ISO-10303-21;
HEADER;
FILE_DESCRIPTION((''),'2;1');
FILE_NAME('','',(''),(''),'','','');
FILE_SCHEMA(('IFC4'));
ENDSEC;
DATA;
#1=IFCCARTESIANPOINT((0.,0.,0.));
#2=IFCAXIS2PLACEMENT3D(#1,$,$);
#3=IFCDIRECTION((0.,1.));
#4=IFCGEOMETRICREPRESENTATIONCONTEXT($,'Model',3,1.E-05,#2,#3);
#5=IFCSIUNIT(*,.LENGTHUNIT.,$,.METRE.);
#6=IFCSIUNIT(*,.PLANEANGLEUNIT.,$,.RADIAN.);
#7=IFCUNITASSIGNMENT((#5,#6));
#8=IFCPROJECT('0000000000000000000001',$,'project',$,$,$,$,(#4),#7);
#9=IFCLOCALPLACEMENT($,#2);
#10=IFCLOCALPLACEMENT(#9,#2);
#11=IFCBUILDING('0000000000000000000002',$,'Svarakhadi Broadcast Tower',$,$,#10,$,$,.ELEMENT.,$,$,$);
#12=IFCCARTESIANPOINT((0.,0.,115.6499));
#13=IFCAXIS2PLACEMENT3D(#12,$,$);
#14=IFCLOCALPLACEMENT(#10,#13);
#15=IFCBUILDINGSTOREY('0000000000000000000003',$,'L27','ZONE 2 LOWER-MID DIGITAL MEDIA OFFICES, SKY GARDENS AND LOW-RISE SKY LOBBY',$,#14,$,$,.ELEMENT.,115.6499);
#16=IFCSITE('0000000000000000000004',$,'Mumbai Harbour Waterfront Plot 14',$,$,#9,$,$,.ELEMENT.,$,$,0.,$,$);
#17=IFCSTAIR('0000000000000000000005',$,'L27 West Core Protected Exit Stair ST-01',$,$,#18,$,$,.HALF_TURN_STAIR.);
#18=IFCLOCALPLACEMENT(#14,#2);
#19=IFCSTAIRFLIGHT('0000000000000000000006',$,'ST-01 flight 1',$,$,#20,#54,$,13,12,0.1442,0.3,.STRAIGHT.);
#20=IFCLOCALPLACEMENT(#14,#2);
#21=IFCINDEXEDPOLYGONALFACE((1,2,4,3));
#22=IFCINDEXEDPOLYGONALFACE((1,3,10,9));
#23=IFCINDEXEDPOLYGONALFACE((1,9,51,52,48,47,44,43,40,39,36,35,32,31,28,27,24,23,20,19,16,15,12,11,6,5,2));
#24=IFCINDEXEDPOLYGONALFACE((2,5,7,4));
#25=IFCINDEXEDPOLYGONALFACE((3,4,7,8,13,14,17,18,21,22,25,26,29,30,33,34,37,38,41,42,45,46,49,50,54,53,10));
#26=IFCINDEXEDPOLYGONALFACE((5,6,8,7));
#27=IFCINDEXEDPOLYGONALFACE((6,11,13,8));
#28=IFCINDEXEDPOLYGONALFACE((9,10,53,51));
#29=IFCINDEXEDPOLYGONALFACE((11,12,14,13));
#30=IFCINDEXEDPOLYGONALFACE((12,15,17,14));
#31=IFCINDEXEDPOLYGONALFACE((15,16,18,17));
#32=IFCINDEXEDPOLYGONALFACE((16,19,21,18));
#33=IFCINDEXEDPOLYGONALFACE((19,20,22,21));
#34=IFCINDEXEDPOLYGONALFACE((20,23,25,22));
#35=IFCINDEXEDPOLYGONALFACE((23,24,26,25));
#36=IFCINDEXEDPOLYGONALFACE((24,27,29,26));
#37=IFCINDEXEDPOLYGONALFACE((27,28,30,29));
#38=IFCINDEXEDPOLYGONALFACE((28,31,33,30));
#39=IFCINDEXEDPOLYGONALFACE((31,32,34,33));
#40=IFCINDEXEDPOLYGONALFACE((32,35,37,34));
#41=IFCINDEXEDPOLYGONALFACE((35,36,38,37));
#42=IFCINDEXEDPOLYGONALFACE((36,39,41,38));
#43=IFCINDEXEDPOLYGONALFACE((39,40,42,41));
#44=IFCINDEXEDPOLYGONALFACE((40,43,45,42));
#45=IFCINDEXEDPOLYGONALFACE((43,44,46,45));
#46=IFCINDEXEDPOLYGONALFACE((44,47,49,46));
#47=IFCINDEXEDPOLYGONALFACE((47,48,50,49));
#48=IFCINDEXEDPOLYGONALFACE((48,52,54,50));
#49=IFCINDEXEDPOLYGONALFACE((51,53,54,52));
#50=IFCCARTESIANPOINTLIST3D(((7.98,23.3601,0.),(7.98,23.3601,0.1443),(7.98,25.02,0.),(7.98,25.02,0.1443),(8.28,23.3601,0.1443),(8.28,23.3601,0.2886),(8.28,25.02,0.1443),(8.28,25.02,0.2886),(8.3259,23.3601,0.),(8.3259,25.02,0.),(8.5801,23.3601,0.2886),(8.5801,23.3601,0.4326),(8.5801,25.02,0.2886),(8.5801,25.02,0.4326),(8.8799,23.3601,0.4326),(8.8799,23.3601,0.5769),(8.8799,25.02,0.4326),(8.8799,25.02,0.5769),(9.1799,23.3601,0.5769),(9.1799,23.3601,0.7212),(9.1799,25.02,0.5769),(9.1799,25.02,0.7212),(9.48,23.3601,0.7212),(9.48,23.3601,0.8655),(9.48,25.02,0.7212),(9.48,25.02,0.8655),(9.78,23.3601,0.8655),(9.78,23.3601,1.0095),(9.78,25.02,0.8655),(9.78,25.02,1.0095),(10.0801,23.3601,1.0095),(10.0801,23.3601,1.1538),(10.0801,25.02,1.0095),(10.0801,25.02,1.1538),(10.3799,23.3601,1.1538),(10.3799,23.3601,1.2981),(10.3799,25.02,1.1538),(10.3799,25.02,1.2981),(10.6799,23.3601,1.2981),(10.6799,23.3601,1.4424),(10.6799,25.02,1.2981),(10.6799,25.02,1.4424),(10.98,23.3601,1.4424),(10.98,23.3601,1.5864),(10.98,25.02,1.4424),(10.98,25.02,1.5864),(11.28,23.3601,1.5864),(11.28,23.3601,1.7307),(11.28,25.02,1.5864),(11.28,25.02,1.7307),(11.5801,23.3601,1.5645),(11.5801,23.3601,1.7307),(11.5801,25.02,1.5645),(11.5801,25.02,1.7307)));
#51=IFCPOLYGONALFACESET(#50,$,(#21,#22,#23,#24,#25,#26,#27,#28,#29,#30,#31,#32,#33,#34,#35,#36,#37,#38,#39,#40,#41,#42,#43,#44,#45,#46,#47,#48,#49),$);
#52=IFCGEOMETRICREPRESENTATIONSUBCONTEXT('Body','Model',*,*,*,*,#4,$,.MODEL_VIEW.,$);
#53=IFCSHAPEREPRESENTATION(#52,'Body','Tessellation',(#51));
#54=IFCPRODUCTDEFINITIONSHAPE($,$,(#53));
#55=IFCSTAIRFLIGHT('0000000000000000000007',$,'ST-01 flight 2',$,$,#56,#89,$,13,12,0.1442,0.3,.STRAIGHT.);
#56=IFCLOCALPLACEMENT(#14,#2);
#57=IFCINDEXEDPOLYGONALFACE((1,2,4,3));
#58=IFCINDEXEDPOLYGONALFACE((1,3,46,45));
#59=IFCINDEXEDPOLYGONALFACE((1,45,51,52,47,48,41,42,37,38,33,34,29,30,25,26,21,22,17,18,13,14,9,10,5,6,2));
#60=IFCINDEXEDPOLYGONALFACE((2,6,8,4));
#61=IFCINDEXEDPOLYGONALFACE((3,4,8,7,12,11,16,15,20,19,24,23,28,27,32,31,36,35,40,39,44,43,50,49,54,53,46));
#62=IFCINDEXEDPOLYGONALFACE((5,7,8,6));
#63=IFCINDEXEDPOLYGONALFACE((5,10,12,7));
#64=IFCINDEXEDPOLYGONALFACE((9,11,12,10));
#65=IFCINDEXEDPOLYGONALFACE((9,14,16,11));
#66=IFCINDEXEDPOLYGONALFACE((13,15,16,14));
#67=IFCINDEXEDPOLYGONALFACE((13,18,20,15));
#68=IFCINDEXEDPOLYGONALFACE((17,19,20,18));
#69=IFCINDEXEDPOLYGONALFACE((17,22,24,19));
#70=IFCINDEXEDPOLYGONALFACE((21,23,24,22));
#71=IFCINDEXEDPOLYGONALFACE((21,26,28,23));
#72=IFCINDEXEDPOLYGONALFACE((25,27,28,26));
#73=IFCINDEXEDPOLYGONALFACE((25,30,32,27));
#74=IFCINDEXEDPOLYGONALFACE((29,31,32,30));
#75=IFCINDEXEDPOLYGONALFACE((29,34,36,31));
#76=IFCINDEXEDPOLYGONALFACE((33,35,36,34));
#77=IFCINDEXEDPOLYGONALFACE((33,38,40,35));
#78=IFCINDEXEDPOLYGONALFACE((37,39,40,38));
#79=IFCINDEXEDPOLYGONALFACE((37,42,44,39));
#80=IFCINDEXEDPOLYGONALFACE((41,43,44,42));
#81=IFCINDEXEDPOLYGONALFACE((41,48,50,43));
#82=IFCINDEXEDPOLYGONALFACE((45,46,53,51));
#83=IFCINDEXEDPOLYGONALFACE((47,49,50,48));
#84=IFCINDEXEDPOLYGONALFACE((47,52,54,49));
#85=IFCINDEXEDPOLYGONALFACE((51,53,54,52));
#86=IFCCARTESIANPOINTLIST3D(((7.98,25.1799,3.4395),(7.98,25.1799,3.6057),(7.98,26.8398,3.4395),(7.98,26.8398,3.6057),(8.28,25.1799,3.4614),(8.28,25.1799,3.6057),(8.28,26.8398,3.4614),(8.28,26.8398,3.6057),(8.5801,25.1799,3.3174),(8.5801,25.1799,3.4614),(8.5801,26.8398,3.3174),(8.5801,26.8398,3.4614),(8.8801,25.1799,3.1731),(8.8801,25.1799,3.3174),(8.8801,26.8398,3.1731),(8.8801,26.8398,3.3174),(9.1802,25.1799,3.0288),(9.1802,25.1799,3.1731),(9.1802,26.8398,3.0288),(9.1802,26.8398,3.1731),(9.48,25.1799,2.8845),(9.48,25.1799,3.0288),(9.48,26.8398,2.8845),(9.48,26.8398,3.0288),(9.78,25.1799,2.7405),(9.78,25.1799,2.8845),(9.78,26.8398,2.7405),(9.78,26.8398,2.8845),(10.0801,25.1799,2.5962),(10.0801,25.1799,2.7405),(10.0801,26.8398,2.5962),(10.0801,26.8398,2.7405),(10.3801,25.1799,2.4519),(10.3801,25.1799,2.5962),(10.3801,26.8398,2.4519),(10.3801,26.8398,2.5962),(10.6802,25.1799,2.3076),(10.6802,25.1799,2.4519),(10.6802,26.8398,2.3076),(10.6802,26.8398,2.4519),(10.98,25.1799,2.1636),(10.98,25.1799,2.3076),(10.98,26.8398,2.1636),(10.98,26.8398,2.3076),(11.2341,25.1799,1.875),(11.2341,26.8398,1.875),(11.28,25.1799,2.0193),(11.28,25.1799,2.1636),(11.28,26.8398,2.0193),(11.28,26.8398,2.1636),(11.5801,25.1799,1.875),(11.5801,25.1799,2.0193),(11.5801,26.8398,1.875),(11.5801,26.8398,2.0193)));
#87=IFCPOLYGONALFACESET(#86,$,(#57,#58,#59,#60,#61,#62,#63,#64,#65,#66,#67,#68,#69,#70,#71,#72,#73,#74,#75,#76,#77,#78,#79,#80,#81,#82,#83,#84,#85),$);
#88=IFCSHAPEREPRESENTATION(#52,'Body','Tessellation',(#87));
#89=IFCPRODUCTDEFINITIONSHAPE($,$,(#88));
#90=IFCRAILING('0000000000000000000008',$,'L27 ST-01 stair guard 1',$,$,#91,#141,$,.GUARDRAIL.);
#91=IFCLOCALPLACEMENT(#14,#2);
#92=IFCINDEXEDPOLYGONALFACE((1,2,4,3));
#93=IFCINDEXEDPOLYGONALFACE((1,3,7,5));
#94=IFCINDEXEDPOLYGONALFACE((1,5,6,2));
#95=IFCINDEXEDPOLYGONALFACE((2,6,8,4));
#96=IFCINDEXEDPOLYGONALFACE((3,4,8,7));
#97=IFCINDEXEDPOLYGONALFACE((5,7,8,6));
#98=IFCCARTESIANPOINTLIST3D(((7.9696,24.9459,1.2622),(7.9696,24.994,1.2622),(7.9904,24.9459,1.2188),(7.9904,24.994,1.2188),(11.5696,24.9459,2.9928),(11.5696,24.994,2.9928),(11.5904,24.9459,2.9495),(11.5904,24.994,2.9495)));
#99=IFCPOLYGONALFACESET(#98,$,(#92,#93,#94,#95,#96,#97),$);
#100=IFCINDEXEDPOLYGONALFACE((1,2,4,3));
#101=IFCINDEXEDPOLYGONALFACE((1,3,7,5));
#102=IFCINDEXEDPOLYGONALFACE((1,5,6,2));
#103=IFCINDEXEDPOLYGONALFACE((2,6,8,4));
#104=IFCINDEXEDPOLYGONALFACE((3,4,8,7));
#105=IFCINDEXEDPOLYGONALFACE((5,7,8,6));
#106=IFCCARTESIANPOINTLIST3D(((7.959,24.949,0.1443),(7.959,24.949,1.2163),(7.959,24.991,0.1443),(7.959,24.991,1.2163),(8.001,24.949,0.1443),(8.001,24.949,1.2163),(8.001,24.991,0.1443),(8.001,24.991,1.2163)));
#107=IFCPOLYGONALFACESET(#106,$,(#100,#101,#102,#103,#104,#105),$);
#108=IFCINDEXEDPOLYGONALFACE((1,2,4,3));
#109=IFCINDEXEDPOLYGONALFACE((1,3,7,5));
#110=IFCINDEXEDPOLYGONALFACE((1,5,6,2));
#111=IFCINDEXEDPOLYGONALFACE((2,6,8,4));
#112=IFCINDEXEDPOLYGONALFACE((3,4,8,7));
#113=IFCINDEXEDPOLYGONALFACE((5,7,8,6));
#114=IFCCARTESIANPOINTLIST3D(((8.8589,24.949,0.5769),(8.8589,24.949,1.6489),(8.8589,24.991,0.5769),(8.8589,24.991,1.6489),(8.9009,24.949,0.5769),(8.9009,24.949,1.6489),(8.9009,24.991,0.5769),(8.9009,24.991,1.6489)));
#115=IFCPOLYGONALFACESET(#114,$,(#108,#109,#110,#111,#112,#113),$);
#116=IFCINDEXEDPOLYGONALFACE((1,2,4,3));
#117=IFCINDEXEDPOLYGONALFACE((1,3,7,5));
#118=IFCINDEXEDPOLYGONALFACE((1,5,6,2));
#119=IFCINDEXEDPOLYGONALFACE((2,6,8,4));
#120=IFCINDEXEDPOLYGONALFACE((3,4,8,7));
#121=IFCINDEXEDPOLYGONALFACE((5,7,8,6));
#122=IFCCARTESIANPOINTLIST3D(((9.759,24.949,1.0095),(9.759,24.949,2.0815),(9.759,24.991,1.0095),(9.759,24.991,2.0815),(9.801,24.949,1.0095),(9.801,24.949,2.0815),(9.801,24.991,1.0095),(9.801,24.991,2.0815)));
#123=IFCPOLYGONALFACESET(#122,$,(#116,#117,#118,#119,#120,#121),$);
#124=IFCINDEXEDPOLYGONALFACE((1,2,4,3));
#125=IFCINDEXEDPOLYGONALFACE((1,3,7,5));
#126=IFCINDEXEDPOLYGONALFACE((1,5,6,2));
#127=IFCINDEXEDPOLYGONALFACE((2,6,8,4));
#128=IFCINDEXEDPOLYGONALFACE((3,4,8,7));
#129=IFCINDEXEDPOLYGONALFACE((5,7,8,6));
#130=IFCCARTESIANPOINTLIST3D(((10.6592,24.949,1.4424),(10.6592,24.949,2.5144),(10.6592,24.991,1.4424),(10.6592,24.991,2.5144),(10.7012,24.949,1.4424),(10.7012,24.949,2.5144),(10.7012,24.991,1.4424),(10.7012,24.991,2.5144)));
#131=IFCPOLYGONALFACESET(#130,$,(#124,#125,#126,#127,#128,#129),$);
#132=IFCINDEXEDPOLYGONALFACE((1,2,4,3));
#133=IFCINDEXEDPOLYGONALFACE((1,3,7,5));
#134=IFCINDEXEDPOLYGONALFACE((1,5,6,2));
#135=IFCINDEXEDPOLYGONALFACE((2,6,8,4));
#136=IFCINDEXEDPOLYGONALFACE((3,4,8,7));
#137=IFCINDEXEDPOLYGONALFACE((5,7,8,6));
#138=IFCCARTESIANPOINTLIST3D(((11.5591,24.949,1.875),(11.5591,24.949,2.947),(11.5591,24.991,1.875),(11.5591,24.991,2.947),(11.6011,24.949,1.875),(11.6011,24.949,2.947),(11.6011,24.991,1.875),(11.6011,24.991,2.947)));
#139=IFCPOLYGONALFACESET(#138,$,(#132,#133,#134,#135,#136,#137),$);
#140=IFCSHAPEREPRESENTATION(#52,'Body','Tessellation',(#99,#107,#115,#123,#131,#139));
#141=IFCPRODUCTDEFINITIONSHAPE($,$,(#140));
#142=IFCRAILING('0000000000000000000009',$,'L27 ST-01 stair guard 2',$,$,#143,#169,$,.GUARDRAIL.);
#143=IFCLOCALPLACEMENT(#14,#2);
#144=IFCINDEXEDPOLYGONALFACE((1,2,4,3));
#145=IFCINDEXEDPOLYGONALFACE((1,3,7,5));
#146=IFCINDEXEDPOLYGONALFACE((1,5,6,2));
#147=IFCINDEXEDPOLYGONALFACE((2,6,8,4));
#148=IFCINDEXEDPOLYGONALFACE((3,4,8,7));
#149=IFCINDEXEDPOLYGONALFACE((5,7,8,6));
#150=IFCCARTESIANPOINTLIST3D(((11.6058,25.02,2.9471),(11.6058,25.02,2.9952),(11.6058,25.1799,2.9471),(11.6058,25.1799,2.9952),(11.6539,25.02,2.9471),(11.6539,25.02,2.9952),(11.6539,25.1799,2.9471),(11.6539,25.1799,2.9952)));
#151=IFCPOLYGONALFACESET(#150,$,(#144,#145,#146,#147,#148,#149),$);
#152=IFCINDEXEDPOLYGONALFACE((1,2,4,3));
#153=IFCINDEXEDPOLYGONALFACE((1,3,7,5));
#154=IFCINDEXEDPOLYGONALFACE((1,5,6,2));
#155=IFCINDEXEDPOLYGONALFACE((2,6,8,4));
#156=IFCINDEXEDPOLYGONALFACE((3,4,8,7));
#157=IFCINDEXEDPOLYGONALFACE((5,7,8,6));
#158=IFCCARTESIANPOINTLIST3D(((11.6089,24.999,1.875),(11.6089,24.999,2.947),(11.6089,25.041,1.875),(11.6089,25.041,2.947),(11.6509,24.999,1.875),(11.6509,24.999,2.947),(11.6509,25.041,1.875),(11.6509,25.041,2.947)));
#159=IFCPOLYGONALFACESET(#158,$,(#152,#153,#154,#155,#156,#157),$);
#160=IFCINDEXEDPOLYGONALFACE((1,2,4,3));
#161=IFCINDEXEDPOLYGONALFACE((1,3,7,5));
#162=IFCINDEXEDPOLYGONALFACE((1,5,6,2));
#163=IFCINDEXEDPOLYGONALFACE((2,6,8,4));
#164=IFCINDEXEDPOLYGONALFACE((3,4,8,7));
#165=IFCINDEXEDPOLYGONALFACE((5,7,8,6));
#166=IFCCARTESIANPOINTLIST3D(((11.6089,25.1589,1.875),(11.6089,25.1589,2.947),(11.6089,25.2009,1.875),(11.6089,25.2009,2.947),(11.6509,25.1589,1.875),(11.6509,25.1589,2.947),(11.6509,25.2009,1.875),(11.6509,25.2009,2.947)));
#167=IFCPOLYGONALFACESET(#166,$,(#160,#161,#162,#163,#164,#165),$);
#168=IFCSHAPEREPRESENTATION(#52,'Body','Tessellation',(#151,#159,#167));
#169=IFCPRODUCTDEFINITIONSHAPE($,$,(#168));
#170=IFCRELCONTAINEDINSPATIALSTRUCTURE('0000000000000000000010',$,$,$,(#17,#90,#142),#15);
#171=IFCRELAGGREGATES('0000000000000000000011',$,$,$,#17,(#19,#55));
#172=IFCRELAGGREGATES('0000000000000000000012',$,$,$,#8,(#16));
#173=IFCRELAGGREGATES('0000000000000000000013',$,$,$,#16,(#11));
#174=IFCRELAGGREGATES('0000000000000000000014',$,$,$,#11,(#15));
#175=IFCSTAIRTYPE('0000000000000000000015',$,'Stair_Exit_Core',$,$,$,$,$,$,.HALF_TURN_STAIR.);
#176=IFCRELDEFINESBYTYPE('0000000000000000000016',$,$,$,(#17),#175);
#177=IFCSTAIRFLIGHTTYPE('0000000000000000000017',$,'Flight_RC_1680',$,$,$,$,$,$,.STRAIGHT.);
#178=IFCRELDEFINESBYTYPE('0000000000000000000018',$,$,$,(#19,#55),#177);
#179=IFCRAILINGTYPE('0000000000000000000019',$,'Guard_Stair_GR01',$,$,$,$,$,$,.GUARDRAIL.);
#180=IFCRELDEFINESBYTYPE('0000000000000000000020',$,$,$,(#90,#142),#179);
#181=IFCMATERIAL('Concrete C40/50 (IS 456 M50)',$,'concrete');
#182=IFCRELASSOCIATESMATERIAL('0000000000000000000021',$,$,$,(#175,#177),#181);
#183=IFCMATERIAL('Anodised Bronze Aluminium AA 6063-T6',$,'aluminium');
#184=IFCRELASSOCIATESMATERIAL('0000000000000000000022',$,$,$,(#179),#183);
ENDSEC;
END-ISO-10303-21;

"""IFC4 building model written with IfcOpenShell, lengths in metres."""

from ifc_helpers import new_model, si_unit, direction, frame, origin, origin_2d, place, context, subcontext, project, spatial, polyline, rectangle, outline, extrude, material, type_object, element, aggregate, save


model = new_model("IFC4")

# Units and contexts
model_context = context("Model", 3, precision=1e-05, world=origin(), true_north=direction((0.0, 1.0)))
body_context = subcontext(model_context, "Body", "Model", "MODEL_VIEW")
ifc_project = project(units=[si_unit("LENGTHUNIT", "METRE"), si_unit("PLANEANGLEUNIT", "RADIAN")], contexts=[model_context])

# Site, building, storey
site_placement = place(None, origin())
site = spatial("IfcSite", under=ifc_project, at=site_placement, Name="Mumbai Harbour Waterfront Plot 14", CompositionType="ELEMENT", RefElevation=0.0)
building_placement = place(site_placement, origin())
building = spatial("IfcBuilding", under=site, at=building_placement, Name="Svarakhadi Broadcast Tower", CompositionType="ELEMENT")
storey_placement = place(building_placement, frame((0.0, 0.0, 115.6499)))
storey = spatial("IfcBuildingStorey", under=building, at=storey_placement, Name="L27", Description="ZONE 2 LOWER-MID DIGITAL MEDIA OFFICES, SKY GARDENS AND LOW-RISE SKY LOBBY", CompositionType="ELEMENT", Elevation=115.6499)

# Shared definitions
ifc_material_1 = material(Name="Concrete C40/50 (IS 456 M50)", Category="concrete")

# Stair, stair flights
stair_type = type_object("IfcStairType", Name="Stair_Exit_Core", PredefinedType="HALF_TURN_STAIR", material=ifc_material_1)
stair_placement = place(storey_placement, origin())
stair = element("IfcStair", 1, at=stair_placement, inside=storey, type_object=stair_type, Name="L27 West Core Protected Exit Stair ST-01", PredefinedType="HALF_TURN_STAIR")
stair_flight_type = type_object("IfcStairFlightType", Name="Flight_RC_1680", PredefinedType="STRAIGHT", material=ifc_material_1)
stair_flight_1_placement = place(storey_placement, frame((7.98, 24.1899, 0.0), z_axis=(0.0, 0.0, 1.0), x_axis=(1.0, 0.0, 0.0)))
stair_flight_1 = element("IfcStairFlight", 2, at=stair_flight_1_placement, type_object=stair_flight_type, Name="ST-01 flight 1", NumberOfRisers=13, NumberOfTreads=12, PredefinedType="STRAIGHT", RiserHeight=0.1442, TreadLength=0.3, context=body_context, shape_type="SweptSolid", body=[
    extrude(outline(polyline([(0.0, 0.0), (0.0, 0.1443), (0.3, 0.1443), (0.3, 0.2886), (0.6001, 0.2886), (0.6001, 0.4326), (0.8999, 0.4326), (0.8999, 0.5769), (1.2, 0.5769), (1.2, 0.7212), (1.5, 0.7212), (1.5, 0.8655), (1.8, 0.8655), (1.8, 1.0095), (2.1001, 1.0095), (2.1001, 1.1538), (2.3999, 1.1538), (2.3999, 1.2981), (2.7, 1.2981), (2.7, 1.4424), (3.0, 1.4424), (3.0, 1.5864), (3.3, 1.5864), (3.3, 1.7307), (3.6001, 1.7307), (3.6001, 1.875), (3.6001, 1.5645), (0.3459, 0.0), (0.0, 0.0)])), frame((0.0, 0.8301, 0.0), z_axis=(0.0, -1.0, 0.0), x_axis=(1.0, 0.0, 0.0)), (0.0, 0.0, 1.0), 1.6599),
])
stair_flight_2_placement = place(storey_placement, frame((11.5801, 26.01, 1.875), z_axis=(0.0, 0.0, 1.0), x_axis=(-1.0, 0.0, 0.0)))
stair_flight_2 = element("IfcStairFlight", 3, at=stair_flight_2_placement, type_object=stair_flight_type, Name="ST-01 flight 2", NumberOfRisers=13, NumberOfTreads=12, PredefinedType="STRAIGHT", RiserHeight=0.1442, TreadLength=0.3, context=body_context, shape_type="SweptSolid", body=[
    extrude(outline(polyline([(0.0, 0.0), (0.0, 0.1443), (0.3, 0.1443), (0.3, 0.2886), (0.6001, 0.2886), (0.6001, 0.4326), (0.8999, 0.4326), (0.8999, 0.5769), (1.2, 0.5769), (1.2, 0.7212), (1.5, 0.7212), (1.5, 0.8655), (1.8, 0.8655), (1.8, 1.0095), (2.1001, 1.0095), (2.1001, 1.1538), (2.3999, 1.1538), (2.3999, 1.2981), (2.7, 1.2981), (2.7, 1.4424), (3.0, 1.4424), (3.0, 1.5864), (3.3, 1.5864), (3.3, 1.7307), (3.6001, 1.7307), (3.6001, 1.875), (3.6001, 1.5645), (0.3459, 0.0), (0.0, 0.0)])), frame((0.0, 0.8301, 0.0), z_axis=(0.0, -1.0, 0.0), x_axis=(1.0, 0.0, 0.0)), (0.0, 0.0, 1.0), 1.6599),
])
aggregate(stair, [stair_flight_1, stair_flight_2])

# Railings
ifc_material_2 = material(Name="Anodised Bronze Aluminium AA 6063-T6", Category="aluminium")
railing_type_1 = type_object("IfcRailingType", Name="Guard_Stair_GR01", PredefinedType="GUARDRAIL", material=ifc_material_2)
railing_1_placement = place(storey_placement, frame((7.98, 24.97, 0.1443)))
element("IfcRailing", 4, at=railing_1_placement, inside=storey, type_object=railing_type_1, Name="L27 ST-01 stair guard 1", PredefinedType="GUARDRAIL", context=body_context, shape_type="SweptSolid", body=[
    extrude(rectangle(XDim=0.0481, YDim=0.0481, at=origin_2d()), frame((0.0, 0.0, 1.0962), z_axis=(0.901263, 0.0, 0.433273), x_axis=(0.0, 1.0, 0.0)), (0.0, 0.0, 1.0), 3.9944),
    extrude(rectangle(XDim=0.042, YDim=0.042, at=origin_2d()), origin(), (0.0, 0.0, 1.0), 1.072),
    extrude(rectangle(XDim=0.042, YDim=0.042, at=origin_2d()), frame((0.8999, 0.0, 0.4326)), (0.0, 0.0, 1.0), 1.072),
    extrude(rectangle(XDim=0.042, YDim=0.042, at=origin_2d()), frame((1.8, 0.0, 0.8652)), (0.0, 0.0, 1.0), 1.072),
    extrude(rectangle(XDim=0.042, YDim=0.042, at=origin_2d()), frame((2.7002, 0.0, 1.2981)), (0.0, 0.0, 1.0), 1.072),
    extrude(rectangle(XDim=0.042, YDim=0.042, at=origin_2d()), frame((3.6001, 0.0, 1.7307)), (0.0, 0.0, 1.0), 1.072),
])
railing_2_placement = place(storey_placement, frame((11.6299, 25.02, 1.875)))
element("IfcRailing", 5, at=railing_2_placement, inside=storey, type_object=railing_type_1, Name="L27 ST-01 stair guard 2", PredefinedType="GUARDRAIL", context=body_context, shape_type="SweptSolid", body=[
    extrude(rectangle(XDim=0.0481, YDim=0.0481, at=origin_2d()), frame((0.0, 0.0, 1.0962), z_axis=(0.0, 1.0, 0.0), x_axis=(-1.0, 0.0, 0.0)), (0.0, 0.0, 1.0), 0.1599),
    extrude(rectangle(XDim=0.042, YDim=0.042, at=origin_2d()), origin(), (0.0, 0.0, 1.0), 1.072),
    extrude(rectangle(XDim=0.042, YDim=0.042, at=origin_2d()), frame((0.0, 0.1599, 0.0)), (0.0, 0.0, 1.0), 1.072),
])

save(model, "model.ifc")
